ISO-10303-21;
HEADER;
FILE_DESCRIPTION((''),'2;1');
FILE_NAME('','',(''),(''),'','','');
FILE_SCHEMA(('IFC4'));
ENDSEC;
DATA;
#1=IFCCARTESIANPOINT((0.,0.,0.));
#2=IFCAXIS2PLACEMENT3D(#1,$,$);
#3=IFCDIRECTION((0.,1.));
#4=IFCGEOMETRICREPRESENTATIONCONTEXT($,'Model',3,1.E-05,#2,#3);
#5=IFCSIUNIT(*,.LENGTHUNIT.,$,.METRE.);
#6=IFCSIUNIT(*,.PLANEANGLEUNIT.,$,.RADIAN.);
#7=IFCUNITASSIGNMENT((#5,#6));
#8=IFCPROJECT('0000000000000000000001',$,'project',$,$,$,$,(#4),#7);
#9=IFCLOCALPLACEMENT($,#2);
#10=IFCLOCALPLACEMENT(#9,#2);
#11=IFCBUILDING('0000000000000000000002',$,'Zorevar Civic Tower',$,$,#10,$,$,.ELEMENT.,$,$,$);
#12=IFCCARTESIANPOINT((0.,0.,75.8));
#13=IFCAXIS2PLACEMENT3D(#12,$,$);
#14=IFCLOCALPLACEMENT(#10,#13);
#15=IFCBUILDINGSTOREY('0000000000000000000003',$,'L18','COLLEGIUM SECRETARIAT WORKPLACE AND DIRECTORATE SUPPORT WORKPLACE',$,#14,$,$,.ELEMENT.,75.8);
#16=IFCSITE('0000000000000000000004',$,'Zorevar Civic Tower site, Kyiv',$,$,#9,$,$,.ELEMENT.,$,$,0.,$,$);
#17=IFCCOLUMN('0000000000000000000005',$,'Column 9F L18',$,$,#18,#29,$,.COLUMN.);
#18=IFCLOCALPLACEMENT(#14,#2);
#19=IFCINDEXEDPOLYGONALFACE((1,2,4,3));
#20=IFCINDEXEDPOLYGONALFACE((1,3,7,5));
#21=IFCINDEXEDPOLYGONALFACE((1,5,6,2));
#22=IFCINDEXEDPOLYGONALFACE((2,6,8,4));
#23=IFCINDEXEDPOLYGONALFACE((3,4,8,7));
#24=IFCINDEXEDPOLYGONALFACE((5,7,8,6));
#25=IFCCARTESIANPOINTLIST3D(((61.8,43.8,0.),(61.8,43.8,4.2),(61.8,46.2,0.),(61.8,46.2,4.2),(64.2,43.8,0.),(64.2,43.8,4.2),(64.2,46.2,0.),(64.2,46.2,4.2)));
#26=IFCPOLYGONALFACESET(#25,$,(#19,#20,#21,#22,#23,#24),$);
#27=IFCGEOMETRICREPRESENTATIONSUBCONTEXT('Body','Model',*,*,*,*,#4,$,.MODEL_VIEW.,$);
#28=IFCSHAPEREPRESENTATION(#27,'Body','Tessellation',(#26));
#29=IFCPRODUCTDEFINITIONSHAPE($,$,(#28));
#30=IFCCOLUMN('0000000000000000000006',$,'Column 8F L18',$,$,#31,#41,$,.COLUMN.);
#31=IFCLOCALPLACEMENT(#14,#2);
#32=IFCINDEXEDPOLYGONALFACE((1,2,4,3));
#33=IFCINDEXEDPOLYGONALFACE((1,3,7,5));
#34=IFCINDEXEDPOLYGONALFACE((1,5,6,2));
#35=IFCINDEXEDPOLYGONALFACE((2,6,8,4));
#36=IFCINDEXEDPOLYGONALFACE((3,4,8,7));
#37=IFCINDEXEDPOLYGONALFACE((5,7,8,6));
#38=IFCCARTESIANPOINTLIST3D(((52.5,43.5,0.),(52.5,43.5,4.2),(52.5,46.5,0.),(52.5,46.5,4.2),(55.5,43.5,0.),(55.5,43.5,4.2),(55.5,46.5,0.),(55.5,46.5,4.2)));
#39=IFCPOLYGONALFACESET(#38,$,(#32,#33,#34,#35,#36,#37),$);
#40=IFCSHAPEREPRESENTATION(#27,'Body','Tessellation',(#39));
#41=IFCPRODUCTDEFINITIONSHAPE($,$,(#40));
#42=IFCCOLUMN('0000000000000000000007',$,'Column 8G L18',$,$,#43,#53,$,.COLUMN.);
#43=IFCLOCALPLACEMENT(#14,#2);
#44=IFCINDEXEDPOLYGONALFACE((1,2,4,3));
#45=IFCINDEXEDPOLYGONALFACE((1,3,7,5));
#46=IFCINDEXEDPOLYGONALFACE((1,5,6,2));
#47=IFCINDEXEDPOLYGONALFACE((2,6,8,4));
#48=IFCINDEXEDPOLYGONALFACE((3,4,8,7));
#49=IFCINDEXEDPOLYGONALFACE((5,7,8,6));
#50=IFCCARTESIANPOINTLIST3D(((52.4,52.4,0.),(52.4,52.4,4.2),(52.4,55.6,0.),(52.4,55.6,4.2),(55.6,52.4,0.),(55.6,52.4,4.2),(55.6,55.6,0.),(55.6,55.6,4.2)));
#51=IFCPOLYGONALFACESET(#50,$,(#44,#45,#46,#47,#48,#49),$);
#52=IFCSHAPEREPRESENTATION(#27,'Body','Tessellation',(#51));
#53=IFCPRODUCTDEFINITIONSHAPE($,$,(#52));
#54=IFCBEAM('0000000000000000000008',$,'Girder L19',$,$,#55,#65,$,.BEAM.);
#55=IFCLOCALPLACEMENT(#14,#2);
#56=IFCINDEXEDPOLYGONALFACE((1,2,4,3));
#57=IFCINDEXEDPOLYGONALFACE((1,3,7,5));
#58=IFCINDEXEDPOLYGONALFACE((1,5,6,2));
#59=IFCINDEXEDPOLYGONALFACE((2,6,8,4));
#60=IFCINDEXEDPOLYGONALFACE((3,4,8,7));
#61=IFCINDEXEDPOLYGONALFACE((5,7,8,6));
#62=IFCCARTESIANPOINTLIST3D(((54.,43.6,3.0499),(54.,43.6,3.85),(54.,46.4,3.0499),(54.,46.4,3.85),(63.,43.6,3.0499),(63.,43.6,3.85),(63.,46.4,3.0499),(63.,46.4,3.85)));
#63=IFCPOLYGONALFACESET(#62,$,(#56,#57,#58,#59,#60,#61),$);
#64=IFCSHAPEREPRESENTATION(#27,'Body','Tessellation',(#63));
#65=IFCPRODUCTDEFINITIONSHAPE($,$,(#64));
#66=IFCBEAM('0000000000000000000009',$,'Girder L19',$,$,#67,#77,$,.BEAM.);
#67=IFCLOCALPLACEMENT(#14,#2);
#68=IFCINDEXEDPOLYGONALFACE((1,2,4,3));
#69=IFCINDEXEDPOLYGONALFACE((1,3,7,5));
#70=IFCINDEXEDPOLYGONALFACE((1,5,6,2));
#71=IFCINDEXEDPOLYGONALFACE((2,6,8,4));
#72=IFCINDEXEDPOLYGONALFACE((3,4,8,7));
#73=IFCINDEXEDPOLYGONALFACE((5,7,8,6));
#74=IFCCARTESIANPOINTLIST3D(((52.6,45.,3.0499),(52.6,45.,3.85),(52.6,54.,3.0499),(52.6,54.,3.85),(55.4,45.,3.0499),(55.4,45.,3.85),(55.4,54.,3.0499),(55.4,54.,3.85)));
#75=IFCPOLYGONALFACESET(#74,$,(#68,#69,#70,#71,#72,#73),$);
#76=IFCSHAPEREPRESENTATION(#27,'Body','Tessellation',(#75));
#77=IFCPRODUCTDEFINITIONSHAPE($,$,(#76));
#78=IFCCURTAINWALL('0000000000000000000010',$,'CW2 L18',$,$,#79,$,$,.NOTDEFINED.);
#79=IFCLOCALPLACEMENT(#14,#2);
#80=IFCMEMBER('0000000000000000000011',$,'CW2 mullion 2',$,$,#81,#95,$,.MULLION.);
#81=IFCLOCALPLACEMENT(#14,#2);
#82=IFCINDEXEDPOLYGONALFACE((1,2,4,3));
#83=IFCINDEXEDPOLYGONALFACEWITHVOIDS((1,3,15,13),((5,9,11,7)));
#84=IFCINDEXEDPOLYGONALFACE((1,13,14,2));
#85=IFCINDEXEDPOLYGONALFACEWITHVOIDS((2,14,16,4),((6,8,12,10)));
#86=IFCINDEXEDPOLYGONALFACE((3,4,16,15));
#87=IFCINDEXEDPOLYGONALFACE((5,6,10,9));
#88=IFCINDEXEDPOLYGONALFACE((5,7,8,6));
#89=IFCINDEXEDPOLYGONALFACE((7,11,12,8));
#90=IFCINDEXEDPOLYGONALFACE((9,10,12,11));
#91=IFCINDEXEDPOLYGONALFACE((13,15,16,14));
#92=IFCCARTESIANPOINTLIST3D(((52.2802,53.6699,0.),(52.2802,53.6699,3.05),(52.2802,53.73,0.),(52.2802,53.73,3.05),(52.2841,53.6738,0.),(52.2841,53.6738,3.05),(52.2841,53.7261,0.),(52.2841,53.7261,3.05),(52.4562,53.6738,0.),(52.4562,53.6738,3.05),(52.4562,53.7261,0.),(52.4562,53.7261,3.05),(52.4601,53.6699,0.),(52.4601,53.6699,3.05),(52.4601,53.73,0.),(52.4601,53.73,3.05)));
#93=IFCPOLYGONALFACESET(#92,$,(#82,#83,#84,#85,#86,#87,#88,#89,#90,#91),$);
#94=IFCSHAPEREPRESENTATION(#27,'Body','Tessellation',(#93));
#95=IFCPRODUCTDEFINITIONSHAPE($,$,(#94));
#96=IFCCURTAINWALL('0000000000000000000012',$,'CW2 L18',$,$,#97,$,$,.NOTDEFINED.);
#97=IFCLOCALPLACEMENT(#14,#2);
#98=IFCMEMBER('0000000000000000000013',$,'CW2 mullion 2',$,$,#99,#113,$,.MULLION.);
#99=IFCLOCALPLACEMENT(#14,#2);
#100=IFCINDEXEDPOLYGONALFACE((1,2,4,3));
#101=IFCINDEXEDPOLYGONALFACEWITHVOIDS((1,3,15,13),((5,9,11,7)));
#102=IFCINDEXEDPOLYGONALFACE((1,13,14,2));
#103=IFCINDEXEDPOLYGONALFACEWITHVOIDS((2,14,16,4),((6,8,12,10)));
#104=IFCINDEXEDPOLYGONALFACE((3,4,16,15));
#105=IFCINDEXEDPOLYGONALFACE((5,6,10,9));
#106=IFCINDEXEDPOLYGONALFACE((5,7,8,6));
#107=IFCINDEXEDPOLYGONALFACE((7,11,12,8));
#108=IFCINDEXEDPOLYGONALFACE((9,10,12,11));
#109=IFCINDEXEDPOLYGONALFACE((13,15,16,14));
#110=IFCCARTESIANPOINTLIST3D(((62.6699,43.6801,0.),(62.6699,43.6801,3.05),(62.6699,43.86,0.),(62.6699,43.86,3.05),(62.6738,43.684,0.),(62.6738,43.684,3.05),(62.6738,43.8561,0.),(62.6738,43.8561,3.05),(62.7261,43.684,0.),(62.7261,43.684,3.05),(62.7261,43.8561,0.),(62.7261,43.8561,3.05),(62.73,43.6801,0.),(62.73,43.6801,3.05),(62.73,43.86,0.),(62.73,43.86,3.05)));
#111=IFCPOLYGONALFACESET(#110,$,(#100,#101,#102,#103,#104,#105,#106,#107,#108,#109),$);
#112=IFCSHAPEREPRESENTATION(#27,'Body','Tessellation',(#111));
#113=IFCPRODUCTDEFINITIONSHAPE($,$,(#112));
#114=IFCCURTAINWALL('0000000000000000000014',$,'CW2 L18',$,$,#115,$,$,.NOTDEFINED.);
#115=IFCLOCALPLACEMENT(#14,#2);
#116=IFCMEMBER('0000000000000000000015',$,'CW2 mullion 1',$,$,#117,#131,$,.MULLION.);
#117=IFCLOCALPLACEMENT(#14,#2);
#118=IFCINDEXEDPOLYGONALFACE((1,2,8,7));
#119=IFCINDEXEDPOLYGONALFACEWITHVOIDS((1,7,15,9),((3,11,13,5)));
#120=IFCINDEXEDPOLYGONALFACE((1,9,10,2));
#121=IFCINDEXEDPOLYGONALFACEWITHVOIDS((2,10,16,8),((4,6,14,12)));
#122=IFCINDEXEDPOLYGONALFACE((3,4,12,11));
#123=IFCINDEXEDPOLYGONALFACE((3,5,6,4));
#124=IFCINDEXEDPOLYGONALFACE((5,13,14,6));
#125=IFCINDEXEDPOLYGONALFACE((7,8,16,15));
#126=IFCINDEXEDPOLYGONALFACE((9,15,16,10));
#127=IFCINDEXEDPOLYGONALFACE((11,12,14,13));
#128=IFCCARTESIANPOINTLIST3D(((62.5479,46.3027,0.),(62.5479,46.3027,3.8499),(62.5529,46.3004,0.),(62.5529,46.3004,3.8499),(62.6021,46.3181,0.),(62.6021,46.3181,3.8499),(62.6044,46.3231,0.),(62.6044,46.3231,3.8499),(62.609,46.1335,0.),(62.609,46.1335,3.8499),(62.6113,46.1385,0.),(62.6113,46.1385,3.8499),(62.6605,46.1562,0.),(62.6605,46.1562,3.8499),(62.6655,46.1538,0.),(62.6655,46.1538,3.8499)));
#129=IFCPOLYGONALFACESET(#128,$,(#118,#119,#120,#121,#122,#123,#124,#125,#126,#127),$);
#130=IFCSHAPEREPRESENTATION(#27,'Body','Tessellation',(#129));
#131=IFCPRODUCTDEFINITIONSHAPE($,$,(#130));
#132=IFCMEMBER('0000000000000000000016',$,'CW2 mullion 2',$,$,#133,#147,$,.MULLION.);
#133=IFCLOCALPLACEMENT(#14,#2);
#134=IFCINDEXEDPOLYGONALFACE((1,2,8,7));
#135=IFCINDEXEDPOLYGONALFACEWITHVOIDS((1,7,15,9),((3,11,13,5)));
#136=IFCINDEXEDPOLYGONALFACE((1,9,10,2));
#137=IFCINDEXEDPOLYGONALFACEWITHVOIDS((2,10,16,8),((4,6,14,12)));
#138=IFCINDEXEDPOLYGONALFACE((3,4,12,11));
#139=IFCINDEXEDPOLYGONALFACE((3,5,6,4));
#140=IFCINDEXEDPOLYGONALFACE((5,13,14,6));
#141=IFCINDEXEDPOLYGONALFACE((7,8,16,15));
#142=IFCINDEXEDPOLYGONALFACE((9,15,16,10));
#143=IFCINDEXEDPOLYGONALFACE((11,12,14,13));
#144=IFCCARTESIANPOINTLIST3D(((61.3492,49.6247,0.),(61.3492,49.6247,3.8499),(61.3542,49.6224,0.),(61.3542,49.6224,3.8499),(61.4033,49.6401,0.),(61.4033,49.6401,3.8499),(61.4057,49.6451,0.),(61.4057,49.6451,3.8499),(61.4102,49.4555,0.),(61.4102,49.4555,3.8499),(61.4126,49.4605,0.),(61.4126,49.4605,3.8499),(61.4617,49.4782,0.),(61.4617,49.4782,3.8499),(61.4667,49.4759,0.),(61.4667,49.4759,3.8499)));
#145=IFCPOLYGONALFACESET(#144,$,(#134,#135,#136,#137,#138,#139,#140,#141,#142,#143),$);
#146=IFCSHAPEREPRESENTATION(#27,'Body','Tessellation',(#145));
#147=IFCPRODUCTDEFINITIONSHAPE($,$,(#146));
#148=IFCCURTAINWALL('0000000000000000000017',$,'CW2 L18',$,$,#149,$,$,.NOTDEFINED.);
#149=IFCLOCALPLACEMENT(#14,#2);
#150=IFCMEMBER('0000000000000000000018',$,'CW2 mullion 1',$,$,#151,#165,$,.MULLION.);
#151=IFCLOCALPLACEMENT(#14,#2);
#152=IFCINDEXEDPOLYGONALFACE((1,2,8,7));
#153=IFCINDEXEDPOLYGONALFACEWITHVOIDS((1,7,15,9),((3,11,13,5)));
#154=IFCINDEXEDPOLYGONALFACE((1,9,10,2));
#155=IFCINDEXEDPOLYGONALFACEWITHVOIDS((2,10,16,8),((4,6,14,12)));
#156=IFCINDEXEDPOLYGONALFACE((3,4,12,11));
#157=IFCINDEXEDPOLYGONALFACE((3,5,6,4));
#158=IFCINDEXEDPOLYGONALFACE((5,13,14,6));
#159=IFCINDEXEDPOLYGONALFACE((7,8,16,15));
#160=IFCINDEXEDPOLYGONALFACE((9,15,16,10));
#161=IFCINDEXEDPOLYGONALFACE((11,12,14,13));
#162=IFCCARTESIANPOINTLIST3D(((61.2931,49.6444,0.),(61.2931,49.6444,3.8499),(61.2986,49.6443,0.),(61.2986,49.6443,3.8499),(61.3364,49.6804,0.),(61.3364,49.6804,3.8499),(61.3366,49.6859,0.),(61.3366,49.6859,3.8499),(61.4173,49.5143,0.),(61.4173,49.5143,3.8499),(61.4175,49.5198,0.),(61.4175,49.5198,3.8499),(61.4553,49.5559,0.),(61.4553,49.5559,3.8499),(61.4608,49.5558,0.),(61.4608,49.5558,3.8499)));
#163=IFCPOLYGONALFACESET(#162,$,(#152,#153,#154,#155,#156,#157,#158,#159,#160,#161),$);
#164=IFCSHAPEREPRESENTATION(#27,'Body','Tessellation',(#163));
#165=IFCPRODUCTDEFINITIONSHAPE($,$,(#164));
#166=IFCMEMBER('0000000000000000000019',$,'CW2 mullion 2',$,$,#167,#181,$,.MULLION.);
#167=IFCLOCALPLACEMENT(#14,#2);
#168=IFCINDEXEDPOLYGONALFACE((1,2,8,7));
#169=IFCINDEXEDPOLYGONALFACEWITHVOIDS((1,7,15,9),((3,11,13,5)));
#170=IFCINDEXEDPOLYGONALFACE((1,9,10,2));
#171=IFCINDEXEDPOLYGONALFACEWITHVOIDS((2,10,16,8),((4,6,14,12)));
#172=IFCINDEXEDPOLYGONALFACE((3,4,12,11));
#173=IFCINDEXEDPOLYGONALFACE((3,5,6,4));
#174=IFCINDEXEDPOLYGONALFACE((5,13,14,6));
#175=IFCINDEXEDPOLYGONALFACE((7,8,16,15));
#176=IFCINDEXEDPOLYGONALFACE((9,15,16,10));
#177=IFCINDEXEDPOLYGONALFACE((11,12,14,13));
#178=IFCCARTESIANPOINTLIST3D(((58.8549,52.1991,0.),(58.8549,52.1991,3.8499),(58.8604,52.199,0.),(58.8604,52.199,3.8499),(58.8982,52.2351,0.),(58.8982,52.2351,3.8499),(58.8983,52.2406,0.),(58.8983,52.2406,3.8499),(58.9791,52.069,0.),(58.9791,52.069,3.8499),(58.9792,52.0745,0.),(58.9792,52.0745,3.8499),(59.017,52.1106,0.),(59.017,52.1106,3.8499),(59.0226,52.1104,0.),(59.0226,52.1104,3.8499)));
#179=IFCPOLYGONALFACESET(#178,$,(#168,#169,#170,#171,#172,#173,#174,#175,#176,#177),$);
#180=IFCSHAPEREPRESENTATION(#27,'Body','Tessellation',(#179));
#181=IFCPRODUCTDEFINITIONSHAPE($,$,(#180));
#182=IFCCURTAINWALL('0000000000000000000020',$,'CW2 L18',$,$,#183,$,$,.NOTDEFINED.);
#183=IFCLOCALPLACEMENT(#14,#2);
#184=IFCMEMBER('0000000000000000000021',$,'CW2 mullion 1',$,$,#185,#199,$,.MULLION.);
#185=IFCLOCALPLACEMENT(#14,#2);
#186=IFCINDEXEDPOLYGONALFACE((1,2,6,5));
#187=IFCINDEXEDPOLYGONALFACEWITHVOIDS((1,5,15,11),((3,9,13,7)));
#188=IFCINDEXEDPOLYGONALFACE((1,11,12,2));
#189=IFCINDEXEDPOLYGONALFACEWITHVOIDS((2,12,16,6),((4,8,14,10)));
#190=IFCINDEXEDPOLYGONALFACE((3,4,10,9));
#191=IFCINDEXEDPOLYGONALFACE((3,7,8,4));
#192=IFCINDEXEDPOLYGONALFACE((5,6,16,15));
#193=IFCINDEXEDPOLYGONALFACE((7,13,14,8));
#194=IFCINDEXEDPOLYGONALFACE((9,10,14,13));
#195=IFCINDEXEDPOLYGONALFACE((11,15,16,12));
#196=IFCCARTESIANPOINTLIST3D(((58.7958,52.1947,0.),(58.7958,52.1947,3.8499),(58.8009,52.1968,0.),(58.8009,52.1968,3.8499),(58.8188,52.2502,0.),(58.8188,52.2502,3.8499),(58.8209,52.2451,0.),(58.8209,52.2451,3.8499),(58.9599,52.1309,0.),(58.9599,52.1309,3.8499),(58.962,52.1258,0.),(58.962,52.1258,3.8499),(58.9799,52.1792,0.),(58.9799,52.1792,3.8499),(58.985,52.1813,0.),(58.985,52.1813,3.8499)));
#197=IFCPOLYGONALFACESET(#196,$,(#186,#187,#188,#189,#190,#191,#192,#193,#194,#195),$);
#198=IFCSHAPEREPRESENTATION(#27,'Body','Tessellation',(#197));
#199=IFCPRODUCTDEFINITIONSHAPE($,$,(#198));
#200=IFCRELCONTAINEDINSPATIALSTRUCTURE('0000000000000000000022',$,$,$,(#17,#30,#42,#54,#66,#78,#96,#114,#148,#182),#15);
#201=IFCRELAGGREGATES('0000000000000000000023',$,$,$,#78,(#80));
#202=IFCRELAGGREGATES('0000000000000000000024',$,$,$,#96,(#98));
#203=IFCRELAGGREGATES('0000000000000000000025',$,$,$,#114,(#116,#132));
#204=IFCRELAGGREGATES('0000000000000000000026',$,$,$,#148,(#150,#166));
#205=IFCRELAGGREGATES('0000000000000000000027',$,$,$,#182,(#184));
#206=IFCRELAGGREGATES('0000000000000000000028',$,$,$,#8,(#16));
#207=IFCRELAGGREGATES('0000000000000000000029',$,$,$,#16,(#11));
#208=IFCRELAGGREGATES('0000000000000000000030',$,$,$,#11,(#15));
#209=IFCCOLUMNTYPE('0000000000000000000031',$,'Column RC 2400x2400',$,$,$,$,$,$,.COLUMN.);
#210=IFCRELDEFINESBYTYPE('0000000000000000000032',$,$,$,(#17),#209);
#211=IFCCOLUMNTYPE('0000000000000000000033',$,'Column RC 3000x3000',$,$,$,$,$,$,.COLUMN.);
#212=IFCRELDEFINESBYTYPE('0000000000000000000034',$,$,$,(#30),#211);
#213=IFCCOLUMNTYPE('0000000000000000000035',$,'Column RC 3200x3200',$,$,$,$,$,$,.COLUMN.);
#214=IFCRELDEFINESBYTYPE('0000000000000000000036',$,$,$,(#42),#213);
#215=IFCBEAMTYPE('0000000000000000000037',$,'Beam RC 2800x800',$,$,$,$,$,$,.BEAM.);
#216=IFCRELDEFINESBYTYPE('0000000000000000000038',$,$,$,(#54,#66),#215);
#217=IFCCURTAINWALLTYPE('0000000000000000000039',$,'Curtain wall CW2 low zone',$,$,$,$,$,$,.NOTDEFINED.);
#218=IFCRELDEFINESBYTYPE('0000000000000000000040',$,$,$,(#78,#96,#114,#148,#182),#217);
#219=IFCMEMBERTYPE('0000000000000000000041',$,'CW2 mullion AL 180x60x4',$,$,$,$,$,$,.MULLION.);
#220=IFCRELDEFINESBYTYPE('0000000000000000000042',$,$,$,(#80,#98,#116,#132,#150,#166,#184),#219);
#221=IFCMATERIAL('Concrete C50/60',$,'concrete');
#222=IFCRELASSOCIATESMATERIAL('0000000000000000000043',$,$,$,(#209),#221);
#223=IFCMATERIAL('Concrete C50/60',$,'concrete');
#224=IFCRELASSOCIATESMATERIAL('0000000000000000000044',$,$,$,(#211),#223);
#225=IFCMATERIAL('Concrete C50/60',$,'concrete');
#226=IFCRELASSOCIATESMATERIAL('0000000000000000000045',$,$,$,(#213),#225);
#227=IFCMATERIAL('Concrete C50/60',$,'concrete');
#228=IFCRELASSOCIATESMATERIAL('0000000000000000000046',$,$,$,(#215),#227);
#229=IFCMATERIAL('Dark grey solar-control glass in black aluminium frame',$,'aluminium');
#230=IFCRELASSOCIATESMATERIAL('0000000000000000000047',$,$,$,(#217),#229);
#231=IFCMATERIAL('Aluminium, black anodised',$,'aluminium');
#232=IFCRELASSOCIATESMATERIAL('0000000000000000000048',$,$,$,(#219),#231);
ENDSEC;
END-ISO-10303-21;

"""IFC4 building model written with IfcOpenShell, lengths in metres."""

from ifc_helpers import new_model, si_unit, direction, frame, origin, origin_2d, place, context, subcontext, project, spatial, rectangle, hollow_rectangle, extrude, material, material_profile, profile_set, type_object, element, aggregate, save


model = new_model("IFC4")

# Units and contexts
model_context = context("Model", 3, precision=1e-05, world=origin(), true_north=direction((0.0, 1.0)))
body_context = subcontext(model_context, "Body", "Model", "MODEL_VIEW")
ifc_project = project(units=[si_unit("LENGTHUNIT", "METRE"), si_unit("PLANEANGLEUNIT", "RADIAN")], contexts=[model_context])

# Site, building, storey
site_placement = place(None, origin())
site = spatial("IfcSite", under=ifc_project, at=site_placement, Name="Zorevar Civic Tower site, Kyiv", CompositionType="ELEMENT", RefElevation=0.0)
building_placement = place(site_placement, origin())
building = spatial("IfcBuilding", under=site, at=building_placement, Name="Zorevar Civic Tower", CompositionType="ELEMENT")
storey_placement = place(building_placement, frame((0.0, 0.0, 75.8)))
storey = spatial("IfcBuildingStorey", under=building, at=storey_placement, Name="L18", Description="COLLEGIUM SECRETARIAT WORKPLACE AND DIRECTORATE SUPPORT WORKPLACE", CompositionType="ELEMENT", Elevation=75.8)

# Columns
ifc_material_1 = material(Name="Concrete C50/60", Category="concrete")
ifc_material_profile_1 = material_profile(ifc_material_1, rectangle(XDim=2.3999, YDim=2.3999, at=origin_2d()), Name="RC 2400x2400")
ifc_profile_set_1 = profile_set([ifc_material_profile_1], Name="Concrete C50/60")
column_type_1 = type_object("IfcColumnType", Name="Column RC 2400x2400", PredefinedType="COLUMN", material=ifc_profile_set_1)
column_1_placement = place(storey_placement, frame((63.0, 45.0, 0.0), z_axis=(0.0, 0.0, 1.0), x_axis=(1.0, 0.0, 0.0)))
element("IfcColumn", 1, at=column_1_placement, inside=storey, type_object=column_type_1, Name="Column 9F L18", PredefinedType="COLUMN", context=body_context, shape_type="SweptSolid", body=[
    extrude(rectangle(XDim=2.3999, YDim=2.3999, at=origin_2d()), origin(), (0.0, 0.0, 1.0), 4.2),
])
ifc_material_2 = material(Name="Concrete C50/60", Category="concrete")
ifc_material_profile_2 = material_profile(ifc_material_2, rectangle(XDim=3.0, YDim=3.0, at=origin_2d()), Name="RC 3000x3000")
ifc_profile_set_2 = profile_set([ifc_material_profile_2], Name="Concrete C50/60")
column_type_2 = type_object("IfcColumnType", Name="Column RC 3000x3000", PredefinedType="COLUMN", material=ifc_profile_set_2)
column_2_placement = place(storey_placement, frame((54.0, 45.0, 0.0), z_axis=(0.0, 0.0, 1.0), x_axis=(1.0, 0.0, 0.0)))
element("IfcColumn", 2, at=column_2_placement, inside=storey, type_object=column_type_2, Name="Column 8F L18", PredefinedType="COLUMN", context=body_context, shape_type="SweptSolid", body=[
    extrude(rectangle(XDim=3.0, YDim=3.0, at=origin_2d()), origin(), (0.0, 0.0, 1.0), 4.2),
])
ifc_material_3 = material(Name="Concrete C50/60", Category="concrete")
ifc_material_profile_3 = material_profile(ifc_material_3, rectangle(XDim=3.2, YDim=3.2, at=origin_2d()), Name="RC 3200x3200")
ifc_profile_set_3 = profile_set([ifc_material_profile_3], Name="Concrete C50/60")
column_type_3 = type_object("IfcColumnType", Name="Column RC 3200x3200", PredefinedType="COLUMN", material=ifc_profile_set_3)
column_3_placement = place(storey_placement, frame((54.0, 54.0, 0.0), z_axis=(0.0, 0.0, 1.0), x_axis=(1.0, 0.0, 0.0)))
element("IfcColumn", 3, at=column_3_placement, inside=storey, type_object=column_type_3, Name="Column 8G L18", PredefinedType="COLUMN", context=body_context, shape_type="SweptSolid", body=[
    extrude(rectangle(XDim=3.2, YDim=3.2, at=origin_2d()), origin(), (0.0, 0.0, 1.0), 4.2),
])

# Beams
ifc_material_4 = material(Name="Concrete C50/60", Category="concrete")
ifc_material_profile_4 = material_profile(ifc_material_4, rectangle(XDim=2.8, YDim=0.8, at=origin_2d()), Name="RC 2800x800")
ifc_profile_set_4 = profile_set([ifc_material_profile_4], Name="Concrete C50/60")
beam_type_1 = type_object("IfcBeamType", Name="Beam RC 2800x800", PredefinedType="BEAM", material=ifc_profile_set_4)
for number, where, z_axis, x_axis, name in (
    (4, (54.0, 45.0, 3.45), (1.0, 0.0, 0.0), (0.0, 1.0, 0.0), "Girder L19"),
    (5, (54.0, 45.0, 3.45), (0.0, 1.0, 0.0), (-1.0, 0.0, 0.0), "Girder L19"),
):
    element("IfcBeam", number, at=place(storey_placement, frame(where, z_axis=z_axis, x_axis=x_axis)), inside=storey, type_object=beam_type_1, Name=name, PredefinedType="BEAM", context=body_context, shape_type="SweptSolid", body=[
        extrude(rectangle(XDim=2.8, YDim=0.8, at=origin_2d()), origin(), (0.0, 0.0, 1.0), 9.0),
    ])

# Curtain walls, members
ifc_material_5 = material(Name="Dark grey solar-control glass in black aluminium frame", Category="aluminium")
curtain_wall_type = type_object("IfcCurtainWallType", Name="Curtain wall CW2 low zone", PredefinedType="NOTDEFINED", material=ifc_material_5)
curtain_wall_1_placement = place(storey_placement, origin())
curtain_wall_1 = element("IfcCurtainWall", 6, at=curtain_wall_1_placement, inside=storey, type_object=curtain_wall_type, Name="CW2 L18", PredefinedType="NOTDEFINED")
ifc_material_6 = material(Name="Aluminium, black anodised", Category="aluminium")
ifc_material_profile_5 = material_profile(ifc_material_6, hollow_rectangle(XDim=0.0601, YDim=0.1799, WallThickness=0.0039, at=origin_2d()), Name="AL 180x60x4")
ifc_profile_set_5 = profile_set([ifc_material_profile_5], Name="Aluminium, black anodised")
member_type_1 = type_object("IfcMemberType", Name="CW2 mullion AL 180x60x4", PredefinedType="MULLION", material=ifc_profile_set_5)
member_1_placement = place(storey_placement, frame((52.3701, 53.7, 0.0), z_axis=(0.0, 0.0, 1.0), x_axis=(0.0, 1.0, 0.0)))
member_1 = element("IfcMember", 7, at=member_1_placement, type_object=member_type_1, Name="CW2 mullion 2", PredefinedType="MULLION", context=body_context, shape_type="SweptSolid", body=[
    extrude(hollow_rectangle(XDim=0.0601, YDim=0.1799, WallThickness=0.0039, at=origin_2d()), origin(), (0.0, 0.0, 1.0), 3.05),
])
curtain_wall_2_placement = place(storey_placement, origin())
curtain_wall_2 = element("IfcCurtainWall", 8, at=curtain_wall_2_placement, inside=storey, type_object=curtain_wall_type, Name="CW2 L18", PredefinedType="NOTDEFINED")
member_2_placement = place(storey_placement, frame((62.7, 43.77, 0.0), z_axis=(0.0, 0.0, 1.0), x_axis=(-1.0, 0.0, 0.0)))
member_2 = element("IfcMember", 9, at=member_2_placement, type_object=member_type_1, Name="CW2 mullion 2", PredefinedType="MULLION", context=body_context, shape_type="SweptSolid", body=[
    extrude(hollow_rectangle(XDim=0.0601, YDim=0.1799, WallThickness=0.0039, at=origin_2d()), origin(), (0.0, 0.0, 1.0), 3.05),
])

# Curtain walls, members
curtain_wall_3_placement = place(storey_placement, origin())
curtain_wall_3 = element("IfcCurtainWall", 10, at=curtain_wall_3_placement, inside=storey, type_object=curtain_wall_type, Name="CW2 L18", PredefinedType="NOTDEFINED")
member_3_placement = place(storey_placement, frame((62.6067, 46.2283, 0.0), z_axis=(0.0, 0.0, 1.0), x_axis=(-0.940637, -0.339415, 0.0)))
member_3 = element("IfcMember", 11, at=member_3_placement, type_object=member_type_1, Name="CW2 mullion 1", PredefinedType="MULLION", context=body_context, shape_type="SweptSolid", body=[
    extrude(hollow_rectangle(XDim=0.0601, YDim=0.1799, WallThickness=0.0039, at=origin_2d()), origin(), (0.0, 0.0, 1.0), 3.8499),
])
member_4_placement = place(storey_placement, frame((61.408, 49.5503, 0.0), z_axis=(0.0, 0.0, 1.0), x_axis=(-0.940637, -0.339415, 0.0)))
member_4 = element("IfcMember", 12, at=member_4_placement, type_object=member_type_1, Name="CW2 mullion 2", PredefinedType="MULLION", context=body_context, shape_type="SweptSolid", body=[
    extrude(hollow_rectangle(XDim=0.0601, YDim=0.1799, WallThickness=0.0039, at=origin_2d()), origin(), (0.0, 0.0, 1.0), 3.8499),
])
curtain_wall_4_placement = place(storey_placement, origin())
curtain_wall_4 = element("IfcCurtainWall", 13, at=curtain_wall_4_placement, inside=storey, type_object=curtain_wall_type, Name="CW2 L18", PredefinedType="NOTDEFINED")
member_5_placement = place(storey_placement, frame((61.377, 49.6001, 0.0), z_axis=(0.0, 0.0, 1.0), x_axis=(-0.723393, -0.690437, 0.0)))
member_5 = element("IfcMember", 14, at=member_5_placement, type_object=member_type_1, Name="CW2 mullion 1", PredefinedType="MULLION", context=body_context, shape_type="SweptSolid", body=[
    extrude(hollow_rectangle(XDim=0.0601, YDim=0.1799, WallThickness=0.0039, at=origin_2d()), origin(), (0.0, 0.0, 1.0), 3.8499),
])
member_6_placement = place(storey_placement, frame((58.9387, 52.1548, 0.0), z_axis=(0.0, 0.0, 1.0), x_axis=(-0.723393, -0.690437, 0.0)))
member_6 = element("IfcMember", 15, at=member_6_placement, type_object=member_type_1, Name="CW2 mullion 2", PredefinedType="MULLION", context=body_context, shape_type="SweptSolid", body=[
    extrude(hollow_rectangle(XDim=0.0601, YDim=0.1799, WallThickness=0.0039, at=origin_2d()), origin(), (0.0, 0.0, 1.0), 3.8499),
])
curtain_wall_5_placement = place(storey_placement, origin())
curtain_wall_5 = element("IfcCurtainWall", 16, at=curtain_wall_5_placement, inside=storey, type_object=curtain_wall_type, Name="CW2 L18", PredefinedType="NOTDEFINED")
member_7_placement = place(storey_placement, frame((58.8904, 52.188, 0.0), z_axis=(0.0, 0.0, 1.0), x_axis=(-0.382841, -0.923814, 0.0)))
member_7 = element("IfcMember", 17, at=member_7_placement, type_object=member_type_1, Name="CW2 mullion 1", PredefinedType="MULLION", context=body_context, shape_type="SweptSolid", body=[
    extrude(hollow_rectangle(XDim=0.0601, YDim=0.1799, WallThickness=0.0039, at=origin_2d()), origin(), (0.0, 0.0, 1.0), 3.8499),
])

aggregate(curtain_wall_1, [member_1])
aggregate(curtain_wall_2, [member_2])
aggregate(curtain_wall_3, [member_3, member_4])
aggregate(curtain_wall_4, [member_5, member_6])
aggregate(curtain_wall_5, [member_7])

save(model, "model.ifc")
